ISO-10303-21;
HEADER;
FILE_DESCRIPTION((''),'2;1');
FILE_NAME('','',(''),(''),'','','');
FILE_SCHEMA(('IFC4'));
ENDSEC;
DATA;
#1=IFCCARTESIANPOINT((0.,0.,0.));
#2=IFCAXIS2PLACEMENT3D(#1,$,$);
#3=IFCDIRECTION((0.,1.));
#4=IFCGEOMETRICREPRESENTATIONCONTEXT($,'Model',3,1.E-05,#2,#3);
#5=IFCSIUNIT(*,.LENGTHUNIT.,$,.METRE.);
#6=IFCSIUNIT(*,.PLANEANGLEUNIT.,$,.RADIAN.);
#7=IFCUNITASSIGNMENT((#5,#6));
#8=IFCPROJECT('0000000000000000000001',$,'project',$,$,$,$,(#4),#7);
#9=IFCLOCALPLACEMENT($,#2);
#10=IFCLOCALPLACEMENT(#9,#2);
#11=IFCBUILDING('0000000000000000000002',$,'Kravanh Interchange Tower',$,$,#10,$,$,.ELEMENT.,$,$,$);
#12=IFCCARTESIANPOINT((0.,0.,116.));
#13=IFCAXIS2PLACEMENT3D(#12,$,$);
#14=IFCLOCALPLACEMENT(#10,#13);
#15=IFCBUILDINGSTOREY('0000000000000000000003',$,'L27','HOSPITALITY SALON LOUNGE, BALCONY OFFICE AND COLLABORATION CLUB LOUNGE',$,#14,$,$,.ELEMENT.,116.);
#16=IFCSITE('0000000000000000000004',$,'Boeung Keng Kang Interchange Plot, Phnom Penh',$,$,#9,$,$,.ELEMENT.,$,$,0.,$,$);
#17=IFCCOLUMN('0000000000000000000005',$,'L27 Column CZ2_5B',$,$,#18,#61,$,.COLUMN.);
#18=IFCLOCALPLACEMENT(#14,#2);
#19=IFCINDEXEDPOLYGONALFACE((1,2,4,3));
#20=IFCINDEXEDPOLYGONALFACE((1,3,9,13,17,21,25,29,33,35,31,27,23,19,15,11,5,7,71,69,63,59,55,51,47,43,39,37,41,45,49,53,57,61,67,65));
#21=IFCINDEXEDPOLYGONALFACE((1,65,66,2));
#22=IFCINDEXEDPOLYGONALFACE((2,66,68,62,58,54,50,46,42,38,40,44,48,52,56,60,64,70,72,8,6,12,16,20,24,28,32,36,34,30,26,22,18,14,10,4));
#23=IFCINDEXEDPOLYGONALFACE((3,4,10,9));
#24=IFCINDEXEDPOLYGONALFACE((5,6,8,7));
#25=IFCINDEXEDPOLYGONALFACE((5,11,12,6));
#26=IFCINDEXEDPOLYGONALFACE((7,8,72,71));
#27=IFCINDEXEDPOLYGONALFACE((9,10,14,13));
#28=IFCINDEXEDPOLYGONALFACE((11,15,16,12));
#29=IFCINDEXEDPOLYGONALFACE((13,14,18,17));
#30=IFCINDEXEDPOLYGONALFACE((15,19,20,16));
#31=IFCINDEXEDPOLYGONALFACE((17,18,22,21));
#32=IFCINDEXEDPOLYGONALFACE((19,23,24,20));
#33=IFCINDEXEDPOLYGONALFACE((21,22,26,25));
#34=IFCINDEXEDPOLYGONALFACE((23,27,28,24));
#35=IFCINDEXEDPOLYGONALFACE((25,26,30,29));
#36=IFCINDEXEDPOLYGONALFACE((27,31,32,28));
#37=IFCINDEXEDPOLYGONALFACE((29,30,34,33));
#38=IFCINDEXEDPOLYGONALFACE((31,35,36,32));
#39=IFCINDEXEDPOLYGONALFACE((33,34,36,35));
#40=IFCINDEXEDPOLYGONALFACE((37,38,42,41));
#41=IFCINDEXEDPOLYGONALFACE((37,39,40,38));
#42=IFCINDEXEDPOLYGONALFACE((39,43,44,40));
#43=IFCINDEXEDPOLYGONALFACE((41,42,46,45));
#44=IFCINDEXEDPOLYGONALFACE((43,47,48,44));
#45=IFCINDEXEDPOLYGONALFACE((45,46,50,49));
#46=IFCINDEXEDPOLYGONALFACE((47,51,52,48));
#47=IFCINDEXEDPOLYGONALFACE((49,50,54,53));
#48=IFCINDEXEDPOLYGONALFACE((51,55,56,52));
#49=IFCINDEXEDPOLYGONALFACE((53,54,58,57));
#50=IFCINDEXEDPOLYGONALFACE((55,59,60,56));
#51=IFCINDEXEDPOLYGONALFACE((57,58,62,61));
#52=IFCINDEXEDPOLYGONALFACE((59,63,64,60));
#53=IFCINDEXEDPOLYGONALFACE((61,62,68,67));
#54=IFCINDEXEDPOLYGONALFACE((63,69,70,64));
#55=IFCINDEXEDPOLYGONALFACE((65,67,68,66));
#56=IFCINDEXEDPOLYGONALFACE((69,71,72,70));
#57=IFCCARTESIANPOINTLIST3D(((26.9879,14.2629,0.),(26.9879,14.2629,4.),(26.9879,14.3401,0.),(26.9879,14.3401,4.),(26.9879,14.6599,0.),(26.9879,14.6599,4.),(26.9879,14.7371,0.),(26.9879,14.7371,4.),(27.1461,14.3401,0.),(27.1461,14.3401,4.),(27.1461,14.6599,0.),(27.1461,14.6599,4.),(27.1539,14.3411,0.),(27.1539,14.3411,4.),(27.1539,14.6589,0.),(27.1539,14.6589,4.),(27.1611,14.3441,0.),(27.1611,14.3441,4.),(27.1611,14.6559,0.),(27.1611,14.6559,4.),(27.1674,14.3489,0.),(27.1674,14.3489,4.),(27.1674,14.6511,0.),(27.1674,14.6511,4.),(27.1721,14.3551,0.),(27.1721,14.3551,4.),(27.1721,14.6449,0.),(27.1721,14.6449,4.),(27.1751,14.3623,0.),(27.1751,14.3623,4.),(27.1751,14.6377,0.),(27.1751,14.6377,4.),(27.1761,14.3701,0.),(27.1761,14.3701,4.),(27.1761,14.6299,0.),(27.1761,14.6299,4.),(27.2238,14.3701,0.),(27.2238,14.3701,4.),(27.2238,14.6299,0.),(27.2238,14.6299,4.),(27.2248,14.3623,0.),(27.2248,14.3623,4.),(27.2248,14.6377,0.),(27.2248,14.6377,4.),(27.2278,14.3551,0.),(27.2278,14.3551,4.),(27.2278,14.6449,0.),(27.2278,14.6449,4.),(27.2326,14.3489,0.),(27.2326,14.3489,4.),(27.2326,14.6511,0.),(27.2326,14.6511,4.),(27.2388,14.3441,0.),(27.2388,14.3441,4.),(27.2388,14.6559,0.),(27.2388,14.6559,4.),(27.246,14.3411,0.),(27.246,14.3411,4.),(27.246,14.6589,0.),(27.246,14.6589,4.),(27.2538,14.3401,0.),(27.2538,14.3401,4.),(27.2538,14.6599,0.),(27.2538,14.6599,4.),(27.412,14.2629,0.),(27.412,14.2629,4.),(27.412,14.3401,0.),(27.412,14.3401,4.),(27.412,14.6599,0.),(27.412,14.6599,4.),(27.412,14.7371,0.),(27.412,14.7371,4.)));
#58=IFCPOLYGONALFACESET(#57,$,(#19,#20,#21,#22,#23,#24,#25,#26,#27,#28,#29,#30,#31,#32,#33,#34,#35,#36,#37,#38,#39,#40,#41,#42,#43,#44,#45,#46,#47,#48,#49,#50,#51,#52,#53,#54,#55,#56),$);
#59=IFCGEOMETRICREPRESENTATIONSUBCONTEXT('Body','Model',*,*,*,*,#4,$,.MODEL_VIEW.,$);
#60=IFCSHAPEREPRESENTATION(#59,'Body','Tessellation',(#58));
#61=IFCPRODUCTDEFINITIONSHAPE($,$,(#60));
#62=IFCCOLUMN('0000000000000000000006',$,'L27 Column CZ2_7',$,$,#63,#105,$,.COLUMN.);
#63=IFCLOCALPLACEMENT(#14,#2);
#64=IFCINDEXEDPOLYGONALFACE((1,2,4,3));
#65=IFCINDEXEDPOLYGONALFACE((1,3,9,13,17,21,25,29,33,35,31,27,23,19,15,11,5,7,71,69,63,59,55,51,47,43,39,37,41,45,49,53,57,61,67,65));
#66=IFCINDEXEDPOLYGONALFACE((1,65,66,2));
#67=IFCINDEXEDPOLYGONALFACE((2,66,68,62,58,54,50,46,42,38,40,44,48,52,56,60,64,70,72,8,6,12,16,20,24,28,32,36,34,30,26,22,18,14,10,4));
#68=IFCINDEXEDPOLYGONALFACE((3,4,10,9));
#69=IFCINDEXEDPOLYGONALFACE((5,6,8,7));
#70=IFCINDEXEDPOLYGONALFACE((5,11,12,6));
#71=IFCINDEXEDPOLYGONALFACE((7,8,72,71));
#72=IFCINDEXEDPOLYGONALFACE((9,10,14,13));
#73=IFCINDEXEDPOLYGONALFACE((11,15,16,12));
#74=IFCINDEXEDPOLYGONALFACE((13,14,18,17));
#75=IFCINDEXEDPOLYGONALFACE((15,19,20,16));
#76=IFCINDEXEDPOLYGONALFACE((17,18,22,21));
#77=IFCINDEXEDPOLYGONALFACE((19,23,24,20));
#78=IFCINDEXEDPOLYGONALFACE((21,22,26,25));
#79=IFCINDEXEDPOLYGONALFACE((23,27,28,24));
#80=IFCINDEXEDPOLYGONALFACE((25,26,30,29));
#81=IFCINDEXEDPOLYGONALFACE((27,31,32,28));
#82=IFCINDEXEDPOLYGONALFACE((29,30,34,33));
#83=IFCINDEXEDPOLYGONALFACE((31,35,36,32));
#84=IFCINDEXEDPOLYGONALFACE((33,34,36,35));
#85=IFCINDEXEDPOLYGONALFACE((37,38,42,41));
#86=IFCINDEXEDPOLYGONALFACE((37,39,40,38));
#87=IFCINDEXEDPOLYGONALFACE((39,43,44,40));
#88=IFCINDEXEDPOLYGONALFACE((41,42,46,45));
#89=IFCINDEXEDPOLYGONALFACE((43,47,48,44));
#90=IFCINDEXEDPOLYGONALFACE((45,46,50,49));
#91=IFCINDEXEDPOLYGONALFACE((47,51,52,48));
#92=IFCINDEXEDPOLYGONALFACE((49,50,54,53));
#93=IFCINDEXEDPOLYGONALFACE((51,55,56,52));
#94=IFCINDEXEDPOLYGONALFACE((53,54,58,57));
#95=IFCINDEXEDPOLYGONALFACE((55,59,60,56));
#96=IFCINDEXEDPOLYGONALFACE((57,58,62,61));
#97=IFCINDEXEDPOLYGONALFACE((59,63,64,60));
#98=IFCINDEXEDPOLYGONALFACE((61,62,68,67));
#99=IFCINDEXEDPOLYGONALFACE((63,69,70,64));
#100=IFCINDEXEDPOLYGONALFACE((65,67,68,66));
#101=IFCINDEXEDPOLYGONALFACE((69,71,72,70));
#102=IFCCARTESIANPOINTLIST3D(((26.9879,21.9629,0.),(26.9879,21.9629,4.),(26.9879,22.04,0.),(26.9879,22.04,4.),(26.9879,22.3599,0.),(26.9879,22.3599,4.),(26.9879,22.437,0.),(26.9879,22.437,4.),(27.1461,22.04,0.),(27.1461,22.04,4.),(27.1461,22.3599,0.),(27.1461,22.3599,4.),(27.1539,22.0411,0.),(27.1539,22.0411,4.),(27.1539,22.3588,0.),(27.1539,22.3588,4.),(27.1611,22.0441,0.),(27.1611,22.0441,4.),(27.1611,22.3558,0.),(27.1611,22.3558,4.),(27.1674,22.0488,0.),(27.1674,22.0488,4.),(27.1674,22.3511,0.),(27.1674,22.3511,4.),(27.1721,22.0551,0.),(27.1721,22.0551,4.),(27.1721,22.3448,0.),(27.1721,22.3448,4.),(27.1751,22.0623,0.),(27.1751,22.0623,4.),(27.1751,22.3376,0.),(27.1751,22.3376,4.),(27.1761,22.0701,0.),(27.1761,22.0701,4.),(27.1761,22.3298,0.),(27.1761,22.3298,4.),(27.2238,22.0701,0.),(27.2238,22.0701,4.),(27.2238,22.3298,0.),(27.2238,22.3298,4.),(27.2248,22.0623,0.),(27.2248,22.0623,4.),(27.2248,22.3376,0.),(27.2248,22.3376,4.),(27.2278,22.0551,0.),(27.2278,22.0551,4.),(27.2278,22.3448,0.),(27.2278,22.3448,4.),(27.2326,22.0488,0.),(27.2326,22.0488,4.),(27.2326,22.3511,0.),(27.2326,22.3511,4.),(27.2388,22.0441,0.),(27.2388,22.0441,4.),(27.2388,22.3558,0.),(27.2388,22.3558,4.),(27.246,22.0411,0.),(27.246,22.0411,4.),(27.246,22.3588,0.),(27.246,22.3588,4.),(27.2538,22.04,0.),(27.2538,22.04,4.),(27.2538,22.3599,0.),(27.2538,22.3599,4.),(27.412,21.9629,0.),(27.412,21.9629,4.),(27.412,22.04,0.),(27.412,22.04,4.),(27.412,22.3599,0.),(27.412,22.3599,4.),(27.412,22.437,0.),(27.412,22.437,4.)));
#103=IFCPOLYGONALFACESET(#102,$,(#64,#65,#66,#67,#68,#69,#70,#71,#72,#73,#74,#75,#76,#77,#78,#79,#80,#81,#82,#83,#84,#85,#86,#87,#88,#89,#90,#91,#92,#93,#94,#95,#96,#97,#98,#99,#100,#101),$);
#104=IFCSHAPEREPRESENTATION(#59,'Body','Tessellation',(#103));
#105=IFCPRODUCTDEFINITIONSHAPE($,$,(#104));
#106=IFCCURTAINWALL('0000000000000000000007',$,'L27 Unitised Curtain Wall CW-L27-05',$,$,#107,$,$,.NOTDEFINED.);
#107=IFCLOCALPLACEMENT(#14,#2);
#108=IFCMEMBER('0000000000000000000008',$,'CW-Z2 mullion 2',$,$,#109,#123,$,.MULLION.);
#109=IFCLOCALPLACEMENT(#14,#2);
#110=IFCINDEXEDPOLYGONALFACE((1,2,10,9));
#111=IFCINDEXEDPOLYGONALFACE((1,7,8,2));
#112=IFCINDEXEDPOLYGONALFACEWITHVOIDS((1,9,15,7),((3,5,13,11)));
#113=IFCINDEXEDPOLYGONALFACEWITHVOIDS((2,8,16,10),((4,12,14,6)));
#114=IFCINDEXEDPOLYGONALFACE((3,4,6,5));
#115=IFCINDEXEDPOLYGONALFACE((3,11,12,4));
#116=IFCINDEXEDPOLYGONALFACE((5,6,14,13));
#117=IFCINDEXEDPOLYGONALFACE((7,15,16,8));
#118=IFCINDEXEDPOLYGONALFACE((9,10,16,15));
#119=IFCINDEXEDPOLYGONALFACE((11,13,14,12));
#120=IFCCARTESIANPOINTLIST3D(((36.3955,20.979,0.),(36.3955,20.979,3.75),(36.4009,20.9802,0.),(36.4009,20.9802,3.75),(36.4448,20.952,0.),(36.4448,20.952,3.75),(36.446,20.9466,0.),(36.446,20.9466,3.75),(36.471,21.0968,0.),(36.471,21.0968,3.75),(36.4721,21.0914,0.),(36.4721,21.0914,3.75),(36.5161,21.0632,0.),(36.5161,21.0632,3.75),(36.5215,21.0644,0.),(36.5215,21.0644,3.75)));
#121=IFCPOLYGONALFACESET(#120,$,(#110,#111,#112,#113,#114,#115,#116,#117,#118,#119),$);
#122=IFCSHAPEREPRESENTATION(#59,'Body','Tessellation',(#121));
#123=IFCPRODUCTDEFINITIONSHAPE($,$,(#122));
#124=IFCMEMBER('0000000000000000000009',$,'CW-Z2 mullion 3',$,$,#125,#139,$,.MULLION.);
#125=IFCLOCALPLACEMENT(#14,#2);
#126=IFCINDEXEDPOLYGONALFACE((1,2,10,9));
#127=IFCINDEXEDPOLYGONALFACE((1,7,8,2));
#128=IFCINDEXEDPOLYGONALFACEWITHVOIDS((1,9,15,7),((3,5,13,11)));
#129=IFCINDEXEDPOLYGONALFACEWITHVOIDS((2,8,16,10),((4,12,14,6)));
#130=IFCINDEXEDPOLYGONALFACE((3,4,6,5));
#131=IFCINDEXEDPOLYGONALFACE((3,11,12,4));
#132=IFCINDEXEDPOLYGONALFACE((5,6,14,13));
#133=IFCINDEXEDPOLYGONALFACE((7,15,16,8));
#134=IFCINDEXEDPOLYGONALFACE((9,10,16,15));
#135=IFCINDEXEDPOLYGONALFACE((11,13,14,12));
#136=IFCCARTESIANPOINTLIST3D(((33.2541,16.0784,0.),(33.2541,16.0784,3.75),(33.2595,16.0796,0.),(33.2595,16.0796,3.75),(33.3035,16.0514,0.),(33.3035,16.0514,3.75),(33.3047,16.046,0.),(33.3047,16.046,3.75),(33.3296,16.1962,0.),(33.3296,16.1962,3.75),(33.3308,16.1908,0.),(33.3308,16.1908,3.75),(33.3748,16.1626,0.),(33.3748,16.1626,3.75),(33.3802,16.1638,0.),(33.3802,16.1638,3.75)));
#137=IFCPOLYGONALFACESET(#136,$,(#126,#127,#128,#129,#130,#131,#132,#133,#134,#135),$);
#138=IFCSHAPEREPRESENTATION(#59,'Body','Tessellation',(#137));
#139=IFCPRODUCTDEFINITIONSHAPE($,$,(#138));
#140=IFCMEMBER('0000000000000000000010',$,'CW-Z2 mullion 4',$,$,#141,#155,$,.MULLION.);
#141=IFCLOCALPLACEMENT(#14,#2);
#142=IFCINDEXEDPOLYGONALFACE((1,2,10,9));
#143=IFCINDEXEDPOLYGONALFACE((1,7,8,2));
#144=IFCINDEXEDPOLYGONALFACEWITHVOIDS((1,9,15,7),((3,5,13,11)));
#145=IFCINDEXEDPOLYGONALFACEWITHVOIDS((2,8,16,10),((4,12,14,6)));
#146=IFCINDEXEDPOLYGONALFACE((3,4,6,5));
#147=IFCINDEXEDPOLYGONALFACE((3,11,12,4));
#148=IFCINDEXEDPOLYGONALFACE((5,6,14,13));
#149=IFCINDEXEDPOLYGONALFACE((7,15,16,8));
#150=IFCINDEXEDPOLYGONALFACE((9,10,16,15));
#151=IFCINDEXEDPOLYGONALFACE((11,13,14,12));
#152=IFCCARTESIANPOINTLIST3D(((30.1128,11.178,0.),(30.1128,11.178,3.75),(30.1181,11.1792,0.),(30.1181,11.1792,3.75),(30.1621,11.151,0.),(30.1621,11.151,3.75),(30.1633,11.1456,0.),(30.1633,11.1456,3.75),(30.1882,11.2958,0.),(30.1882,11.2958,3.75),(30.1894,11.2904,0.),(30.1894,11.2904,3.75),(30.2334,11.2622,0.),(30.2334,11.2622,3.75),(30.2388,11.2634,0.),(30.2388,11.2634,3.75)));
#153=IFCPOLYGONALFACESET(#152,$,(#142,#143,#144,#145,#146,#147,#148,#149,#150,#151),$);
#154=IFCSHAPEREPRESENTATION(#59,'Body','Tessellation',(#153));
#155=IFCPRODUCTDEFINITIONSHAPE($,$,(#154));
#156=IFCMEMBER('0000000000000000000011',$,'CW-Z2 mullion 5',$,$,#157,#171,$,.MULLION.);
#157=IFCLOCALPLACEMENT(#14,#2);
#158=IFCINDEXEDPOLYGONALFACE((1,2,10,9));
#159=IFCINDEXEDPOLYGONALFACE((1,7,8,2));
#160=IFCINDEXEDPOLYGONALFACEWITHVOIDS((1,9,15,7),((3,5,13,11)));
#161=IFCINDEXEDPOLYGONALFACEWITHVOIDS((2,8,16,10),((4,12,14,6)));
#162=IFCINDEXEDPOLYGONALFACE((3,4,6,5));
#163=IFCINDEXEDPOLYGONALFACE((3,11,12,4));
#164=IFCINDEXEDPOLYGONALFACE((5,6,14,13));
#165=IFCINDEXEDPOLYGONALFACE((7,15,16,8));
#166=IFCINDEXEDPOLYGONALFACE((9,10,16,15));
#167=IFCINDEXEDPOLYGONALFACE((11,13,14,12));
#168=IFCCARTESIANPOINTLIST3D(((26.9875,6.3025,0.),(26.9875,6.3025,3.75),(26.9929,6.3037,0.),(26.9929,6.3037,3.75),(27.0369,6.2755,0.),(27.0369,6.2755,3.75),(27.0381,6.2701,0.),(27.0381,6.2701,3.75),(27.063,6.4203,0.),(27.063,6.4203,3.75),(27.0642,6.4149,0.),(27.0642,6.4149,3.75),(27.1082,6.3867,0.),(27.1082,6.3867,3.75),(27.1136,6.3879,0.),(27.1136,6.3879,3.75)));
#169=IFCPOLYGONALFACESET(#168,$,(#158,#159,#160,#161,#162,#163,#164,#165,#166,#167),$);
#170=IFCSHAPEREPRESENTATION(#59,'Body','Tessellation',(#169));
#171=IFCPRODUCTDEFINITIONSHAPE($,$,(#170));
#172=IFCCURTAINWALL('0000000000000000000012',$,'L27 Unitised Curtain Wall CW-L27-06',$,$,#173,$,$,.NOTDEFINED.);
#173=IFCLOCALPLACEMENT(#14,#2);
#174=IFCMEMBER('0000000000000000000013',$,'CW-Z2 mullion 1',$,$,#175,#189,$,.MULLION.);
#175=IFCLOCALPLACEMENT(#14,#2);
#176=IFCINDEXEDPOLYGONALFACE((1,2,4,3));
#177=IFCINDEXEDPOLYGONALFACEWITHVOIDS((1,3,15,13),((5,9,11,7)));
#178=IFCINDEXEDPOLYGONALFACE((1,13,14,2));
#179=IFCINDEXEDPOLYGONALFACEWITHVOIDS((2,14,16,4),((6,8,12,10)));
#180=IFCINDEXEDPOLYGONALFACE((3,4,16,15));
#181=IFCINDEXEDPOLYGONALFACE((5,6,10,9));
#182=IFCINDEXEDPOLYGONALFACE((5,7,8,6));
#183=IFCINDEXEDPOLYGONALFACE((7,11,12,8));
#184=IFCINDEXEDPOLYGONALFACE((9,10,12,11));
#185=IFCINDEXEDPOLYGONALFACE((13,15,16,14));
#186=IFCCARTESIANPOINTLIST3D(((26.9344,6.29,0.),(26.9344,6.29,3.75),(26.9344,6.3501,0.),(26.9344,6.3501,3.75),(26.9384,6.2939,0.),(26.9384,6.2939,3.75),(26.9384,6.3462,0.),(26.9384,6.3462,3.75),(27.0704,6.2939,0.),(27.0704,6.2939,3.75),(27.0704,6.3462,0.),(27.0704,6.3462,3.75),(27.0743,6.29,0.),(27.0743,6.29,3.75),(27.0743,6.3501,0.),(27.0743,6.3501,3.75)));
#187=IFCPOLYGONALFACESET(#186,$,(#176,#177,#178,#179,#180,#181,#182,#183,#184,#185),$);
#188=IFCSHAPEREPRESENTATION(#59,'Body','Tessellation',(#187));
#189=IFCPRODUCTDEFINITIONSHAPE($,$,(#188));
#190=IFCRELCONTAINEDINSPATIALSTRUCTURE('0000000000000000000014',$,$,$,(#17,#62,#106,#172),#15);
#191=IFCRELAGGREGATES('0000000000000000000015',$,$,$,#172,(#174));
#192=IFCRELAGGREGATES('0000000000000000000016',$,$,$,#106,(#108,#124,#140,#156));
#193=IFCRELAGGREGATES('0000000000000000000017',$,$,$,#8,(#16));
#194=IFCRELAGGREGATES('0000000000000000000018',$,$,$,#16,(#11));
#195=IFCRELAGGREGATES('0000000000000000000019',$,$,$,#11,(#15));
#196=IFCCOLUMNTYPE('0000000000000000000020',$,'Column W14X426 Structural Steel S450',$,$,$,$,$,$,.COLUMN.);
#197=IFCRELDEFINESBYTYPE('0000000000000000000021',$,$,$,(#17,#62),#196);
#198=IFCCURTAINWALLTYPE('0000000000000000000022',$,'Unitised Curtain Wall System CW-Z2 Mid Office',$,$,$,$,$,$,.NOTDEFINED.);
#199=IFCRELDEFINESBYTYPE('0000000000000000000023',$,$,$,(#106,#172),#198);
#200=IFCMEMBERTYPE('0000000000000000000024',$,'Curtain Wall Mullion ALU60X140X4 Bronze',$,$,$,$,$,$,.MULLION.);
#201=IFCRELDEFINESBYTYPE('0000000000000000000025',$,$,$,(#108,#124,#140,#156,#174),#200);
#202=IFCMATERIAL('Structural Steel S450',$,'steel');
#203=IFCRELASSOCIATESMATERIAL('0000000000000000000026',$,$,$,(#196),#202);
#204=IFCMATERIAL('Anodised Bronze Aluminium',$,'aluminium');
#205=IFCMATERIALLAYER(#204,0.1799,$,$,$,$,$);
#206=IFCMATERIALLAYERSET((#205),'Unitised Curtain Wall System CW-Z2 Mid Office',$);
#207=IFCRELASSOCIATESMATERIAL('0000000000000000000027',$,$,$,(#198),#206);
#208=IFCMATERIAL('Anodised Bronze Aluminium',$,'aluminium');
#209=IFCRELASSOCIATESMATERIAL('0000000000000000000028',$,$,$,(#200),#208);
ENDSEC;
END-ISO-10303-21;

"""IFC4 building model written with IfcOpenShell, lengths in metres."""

from ifc_helpers import new_model, si_unit, direction, frame, origin, origin_2d, place, context, subcontext, project, spatial, hollow_rectangle, i_section, extrude, material, layer, layer_set, material_profile, profile_set, type_object, element, aggregate, save


model = new_model("IFC4")

# Units and contexts
model_context = context("Model", 3, precision=1e-05, world=origin(), true_north=direction((0.0, 1.0)))
body_context = subcontext(model_context, "Body", "Model", "MODEL_VIEW")
ifc_project = project(units=[si_unit("LENGTHUNIT", "METRE"), si_unit("PLANEANGLEUNIT", "RADIAN")], contexts=[model_context])

# Site, building, storey
site_placement = place(None, origin())
site = spatial("IfcSite", under=ifc_project, at=site_placement, Name="Boeung Keng Kang Interchange Plot, Phnom Penh", CompositionType="ELEMENT", RefElevation=0.0)
building_placement = place(site_placement, origin())
building = spatial("IfcBuilding", under=site, at=building_placement, Name="Kravanh Interchange Tower", CompositionType="ELEMENT")
storey_placement = place(building_placement, frame((0.0, 0.0, 116.0)))
storey = spatial("IfcBuildingStorey", under=building, at=storey_placement, Name="L27", Description="HOSPITALITY SALON LOUNGE, BALCONY OFFICE AND COLLABORATION CLUB LOUNGE", CompositionType="ELEMENT", Elevation=116.0)

# Columns
ifc_material_1 = material(Name="Structural Steel S450", Category="steel")
ifc_material_profile_1 = material_profile(ifc_material_1, i_section(OverallWidth=0.4241, OverallDepth=0.4741, WebThickness=0.0476, FlangeThickness=0.0771, FilletRadius=0.03, at=origin_2d()), Name="W14X426")
ifc_profile_set_1 = profile_set([ifc_material_profile_1], Name="Structural Steel S450")
column_type = type_object("IfcColumnType", Name="Column W14X426 Structural Steel S450", PredefinedType="COLUMN", material=ifc_profile_set_1)
for number, where, z_axis, x_axis, name in (
    (1, (27.2, 14.5, 0.0), (0.0, 0.0, 1.0), (1.0, 0.0, 0.0), "L27 Column CZ2_5B"),
    (2, (27.2, 22.2, 0.0), (0.0, 0.0, 1.0), (1.0, 0.0, 0.0), "L27 Column CZ2_7"),
):
    element("IfcColumn", number, at=place(storey_placement, frame(where, z_axis=z_axis, x_axis=x_axis)), inside=storey, type_object=column_type, Name=name, PredefinedType="COLUMN", context=body_context, shape_type="SweptSolid", body=[
        extrude(i_section(OverallWidth=0.4241, OverallDepth=0.4741, WebThickness=0.0476, FlangeThickness=0.0771, FilletRadius=0.03, at=origin_2d()), origin(), (0.0, 0.0, 1.0), 4.0),
    ])

# Curtain wall, members
ifc_material_2 = material(Name="Anodised Bronze Aluminium", Category="aluminium")
ifc_layer_1 = layer(ifc_material_2, 0.1799)
ifc_layer_set_1 = layer_set([ifc_layer_1], Name="Unitised Curtain Wall System CW-Z2 Mid Office")
curtain_wall_type = type_object("IfcCurtainWallType", Name="Unitised Curtain Wall System CW-Z2 Mid Office", PredefinedType="NOTDEFINED", material=ifc_layer_set_1)
curtain_wall_1_placement = place(storey_placement, origin())
curtain_wall_1 = element("IfcCurtainWall", 3, at=curtain_wall_1_placement, inside=storey, type_object=curtain_wall_type, Name="L27 Unitised Curtain Wall CW-L27-05", PredefinedType="NOTDEFINED")
ifc_material_3 = material(Name="Anodised Bronze Aluminium", Category="aluminium")
ifc_material_profile_2 = material_profile(ifc_material_3, hollow_rectangle(XDim=0.0601, YDim=0.1399, WallThickness=0.0039, at=origin_2d()), Name="ALU60X140X4")
ifc_profile_set_2 = profile_set([ifc_material_profile_2], Name="Anodised Bronze Aluminium")
member_type_1 = type_object("IfcMemberType", Name="Curtain Wall Mullion ALU60X140X4 Bronze", PredefinedType="MULLION", material=ifc_profile_set_2)
member_1_placement = place(storey_placement, frame((36.4585, 21.0217, 0.0), z_axis=(0.0, 0.0, 1.0), x_axis=(0.84188, -0.539665, 0.0)))
member_1 = element("IfcMember", 4, at=member_1_placement, type_object=member_type_1, Name="CW-Z2 mullion 2", PredefinedType="MULLION", context=body_context, shape_type="SweptSolid", body=[
    extrude(hollow_rectangle(XDim=0.0601, YDim=0.1399, WallThickness=0.0039, at=origin_2d()), origin(), (0.0, 0.0, 1.0), 3.75),
])
member_2_placement = place(storey_placement, frame((33.3171, 16.1211, 0.0), z_axis=(0.0, 0.0, 1.0), x_axis=(0.84188, -0.539665, 0.0)))
member_2 = element("IfcMember", 5, at=member_2_placement, type_object=member_type_1, Name="CW-Z2 mullion 3", PredefinedType="MULLION", context=body_context, shape_type="SweptSolid", body=[
    extrude(hollow_rectangle(XDim=0.0601, YDim=0.1399, WallThickness=0.0039, at=origin_2d()), origin(), (0.0, 0.0, 1.0), 3.75),
])
member_3_placement = place(storey_placement, frame((30.1758, 11.2207, 0.0), z_axis=(0.0, 0.0, 1.0), x_axis=(0.84188, -0.539665, 0.0)))
member_3 = element("IfcMember", 6, at=member_3_placement, type_object=member_type_1, Name="CW-Z2 mullion 4", PredefinedType="MULLION", context=body_context, shape_type="SweptSolid", body=[
    extrude(hollow_rectangle(XDim=0.0601, YDim=0.1399, WallThickness=0.0039, at=origin_2d()), origin(), (0.0, 0.0, 1.0), 3.75),
])
member_4_placement = place(storey_placement, frame((27.0505, 6.3452, 0.0), z_axis=(0.0, 0.0, 1.0), x_axis=(0.84188, -0.539665, 0.0)))
member_4 = element("IfcMember", 7, at=member_4_placement, type_object=member_type_1, Name="CW-Z2 mullion 5", PredefinedType="MULLION", context=body_context, shape_type="SweptSolid", body=[
    extrude(hollow_rectangle(XDim=0.0601, YDim=0.1399, WallThickness=0.0039, at=origin_2d()), origin(), (0.0, 0.0, 1.0), 3.75),
])

# Curtain wall, member
curtain_wall_2_placement = place(storey_placement, origin())
curtain_wall_2 = element("IfcCurtainWall", 8, at=curtain_wall_2_placement, inside=storey, type_object=curtain_wall_type, Name="L27 Unitised Curtain Wall CW-L27-06", PredefinedType="NOTDEFINED")
member_5_placement = place(storey_placement, frame((27.0044, 6.3201, 0.0), z_axis=(0.0, 0.0, 1.0), x_axis=(0.0, -1.0, 0.0)))
member_5 = element("IfcMember", 9, at=member_5_placement, type_object=member_type_1, Name="CW-Z2 mullion 1", PredefinedType="MULLION", context=body_context, shape_type="SweptSolid", body=[
    extrude(hollow_rectangle(XDim=0.0601, YDim=0.1399, WallThickness=0.0039, at=origin_2d()), origin(), (0.0, 0.0, 1.0), 3.75),
])

aggregate(curtain_wall_2, [member_5])

aggregate(curtain_wall_1, [member_1, member_2, member_3, member_4])

save(model, "model.ifc")
